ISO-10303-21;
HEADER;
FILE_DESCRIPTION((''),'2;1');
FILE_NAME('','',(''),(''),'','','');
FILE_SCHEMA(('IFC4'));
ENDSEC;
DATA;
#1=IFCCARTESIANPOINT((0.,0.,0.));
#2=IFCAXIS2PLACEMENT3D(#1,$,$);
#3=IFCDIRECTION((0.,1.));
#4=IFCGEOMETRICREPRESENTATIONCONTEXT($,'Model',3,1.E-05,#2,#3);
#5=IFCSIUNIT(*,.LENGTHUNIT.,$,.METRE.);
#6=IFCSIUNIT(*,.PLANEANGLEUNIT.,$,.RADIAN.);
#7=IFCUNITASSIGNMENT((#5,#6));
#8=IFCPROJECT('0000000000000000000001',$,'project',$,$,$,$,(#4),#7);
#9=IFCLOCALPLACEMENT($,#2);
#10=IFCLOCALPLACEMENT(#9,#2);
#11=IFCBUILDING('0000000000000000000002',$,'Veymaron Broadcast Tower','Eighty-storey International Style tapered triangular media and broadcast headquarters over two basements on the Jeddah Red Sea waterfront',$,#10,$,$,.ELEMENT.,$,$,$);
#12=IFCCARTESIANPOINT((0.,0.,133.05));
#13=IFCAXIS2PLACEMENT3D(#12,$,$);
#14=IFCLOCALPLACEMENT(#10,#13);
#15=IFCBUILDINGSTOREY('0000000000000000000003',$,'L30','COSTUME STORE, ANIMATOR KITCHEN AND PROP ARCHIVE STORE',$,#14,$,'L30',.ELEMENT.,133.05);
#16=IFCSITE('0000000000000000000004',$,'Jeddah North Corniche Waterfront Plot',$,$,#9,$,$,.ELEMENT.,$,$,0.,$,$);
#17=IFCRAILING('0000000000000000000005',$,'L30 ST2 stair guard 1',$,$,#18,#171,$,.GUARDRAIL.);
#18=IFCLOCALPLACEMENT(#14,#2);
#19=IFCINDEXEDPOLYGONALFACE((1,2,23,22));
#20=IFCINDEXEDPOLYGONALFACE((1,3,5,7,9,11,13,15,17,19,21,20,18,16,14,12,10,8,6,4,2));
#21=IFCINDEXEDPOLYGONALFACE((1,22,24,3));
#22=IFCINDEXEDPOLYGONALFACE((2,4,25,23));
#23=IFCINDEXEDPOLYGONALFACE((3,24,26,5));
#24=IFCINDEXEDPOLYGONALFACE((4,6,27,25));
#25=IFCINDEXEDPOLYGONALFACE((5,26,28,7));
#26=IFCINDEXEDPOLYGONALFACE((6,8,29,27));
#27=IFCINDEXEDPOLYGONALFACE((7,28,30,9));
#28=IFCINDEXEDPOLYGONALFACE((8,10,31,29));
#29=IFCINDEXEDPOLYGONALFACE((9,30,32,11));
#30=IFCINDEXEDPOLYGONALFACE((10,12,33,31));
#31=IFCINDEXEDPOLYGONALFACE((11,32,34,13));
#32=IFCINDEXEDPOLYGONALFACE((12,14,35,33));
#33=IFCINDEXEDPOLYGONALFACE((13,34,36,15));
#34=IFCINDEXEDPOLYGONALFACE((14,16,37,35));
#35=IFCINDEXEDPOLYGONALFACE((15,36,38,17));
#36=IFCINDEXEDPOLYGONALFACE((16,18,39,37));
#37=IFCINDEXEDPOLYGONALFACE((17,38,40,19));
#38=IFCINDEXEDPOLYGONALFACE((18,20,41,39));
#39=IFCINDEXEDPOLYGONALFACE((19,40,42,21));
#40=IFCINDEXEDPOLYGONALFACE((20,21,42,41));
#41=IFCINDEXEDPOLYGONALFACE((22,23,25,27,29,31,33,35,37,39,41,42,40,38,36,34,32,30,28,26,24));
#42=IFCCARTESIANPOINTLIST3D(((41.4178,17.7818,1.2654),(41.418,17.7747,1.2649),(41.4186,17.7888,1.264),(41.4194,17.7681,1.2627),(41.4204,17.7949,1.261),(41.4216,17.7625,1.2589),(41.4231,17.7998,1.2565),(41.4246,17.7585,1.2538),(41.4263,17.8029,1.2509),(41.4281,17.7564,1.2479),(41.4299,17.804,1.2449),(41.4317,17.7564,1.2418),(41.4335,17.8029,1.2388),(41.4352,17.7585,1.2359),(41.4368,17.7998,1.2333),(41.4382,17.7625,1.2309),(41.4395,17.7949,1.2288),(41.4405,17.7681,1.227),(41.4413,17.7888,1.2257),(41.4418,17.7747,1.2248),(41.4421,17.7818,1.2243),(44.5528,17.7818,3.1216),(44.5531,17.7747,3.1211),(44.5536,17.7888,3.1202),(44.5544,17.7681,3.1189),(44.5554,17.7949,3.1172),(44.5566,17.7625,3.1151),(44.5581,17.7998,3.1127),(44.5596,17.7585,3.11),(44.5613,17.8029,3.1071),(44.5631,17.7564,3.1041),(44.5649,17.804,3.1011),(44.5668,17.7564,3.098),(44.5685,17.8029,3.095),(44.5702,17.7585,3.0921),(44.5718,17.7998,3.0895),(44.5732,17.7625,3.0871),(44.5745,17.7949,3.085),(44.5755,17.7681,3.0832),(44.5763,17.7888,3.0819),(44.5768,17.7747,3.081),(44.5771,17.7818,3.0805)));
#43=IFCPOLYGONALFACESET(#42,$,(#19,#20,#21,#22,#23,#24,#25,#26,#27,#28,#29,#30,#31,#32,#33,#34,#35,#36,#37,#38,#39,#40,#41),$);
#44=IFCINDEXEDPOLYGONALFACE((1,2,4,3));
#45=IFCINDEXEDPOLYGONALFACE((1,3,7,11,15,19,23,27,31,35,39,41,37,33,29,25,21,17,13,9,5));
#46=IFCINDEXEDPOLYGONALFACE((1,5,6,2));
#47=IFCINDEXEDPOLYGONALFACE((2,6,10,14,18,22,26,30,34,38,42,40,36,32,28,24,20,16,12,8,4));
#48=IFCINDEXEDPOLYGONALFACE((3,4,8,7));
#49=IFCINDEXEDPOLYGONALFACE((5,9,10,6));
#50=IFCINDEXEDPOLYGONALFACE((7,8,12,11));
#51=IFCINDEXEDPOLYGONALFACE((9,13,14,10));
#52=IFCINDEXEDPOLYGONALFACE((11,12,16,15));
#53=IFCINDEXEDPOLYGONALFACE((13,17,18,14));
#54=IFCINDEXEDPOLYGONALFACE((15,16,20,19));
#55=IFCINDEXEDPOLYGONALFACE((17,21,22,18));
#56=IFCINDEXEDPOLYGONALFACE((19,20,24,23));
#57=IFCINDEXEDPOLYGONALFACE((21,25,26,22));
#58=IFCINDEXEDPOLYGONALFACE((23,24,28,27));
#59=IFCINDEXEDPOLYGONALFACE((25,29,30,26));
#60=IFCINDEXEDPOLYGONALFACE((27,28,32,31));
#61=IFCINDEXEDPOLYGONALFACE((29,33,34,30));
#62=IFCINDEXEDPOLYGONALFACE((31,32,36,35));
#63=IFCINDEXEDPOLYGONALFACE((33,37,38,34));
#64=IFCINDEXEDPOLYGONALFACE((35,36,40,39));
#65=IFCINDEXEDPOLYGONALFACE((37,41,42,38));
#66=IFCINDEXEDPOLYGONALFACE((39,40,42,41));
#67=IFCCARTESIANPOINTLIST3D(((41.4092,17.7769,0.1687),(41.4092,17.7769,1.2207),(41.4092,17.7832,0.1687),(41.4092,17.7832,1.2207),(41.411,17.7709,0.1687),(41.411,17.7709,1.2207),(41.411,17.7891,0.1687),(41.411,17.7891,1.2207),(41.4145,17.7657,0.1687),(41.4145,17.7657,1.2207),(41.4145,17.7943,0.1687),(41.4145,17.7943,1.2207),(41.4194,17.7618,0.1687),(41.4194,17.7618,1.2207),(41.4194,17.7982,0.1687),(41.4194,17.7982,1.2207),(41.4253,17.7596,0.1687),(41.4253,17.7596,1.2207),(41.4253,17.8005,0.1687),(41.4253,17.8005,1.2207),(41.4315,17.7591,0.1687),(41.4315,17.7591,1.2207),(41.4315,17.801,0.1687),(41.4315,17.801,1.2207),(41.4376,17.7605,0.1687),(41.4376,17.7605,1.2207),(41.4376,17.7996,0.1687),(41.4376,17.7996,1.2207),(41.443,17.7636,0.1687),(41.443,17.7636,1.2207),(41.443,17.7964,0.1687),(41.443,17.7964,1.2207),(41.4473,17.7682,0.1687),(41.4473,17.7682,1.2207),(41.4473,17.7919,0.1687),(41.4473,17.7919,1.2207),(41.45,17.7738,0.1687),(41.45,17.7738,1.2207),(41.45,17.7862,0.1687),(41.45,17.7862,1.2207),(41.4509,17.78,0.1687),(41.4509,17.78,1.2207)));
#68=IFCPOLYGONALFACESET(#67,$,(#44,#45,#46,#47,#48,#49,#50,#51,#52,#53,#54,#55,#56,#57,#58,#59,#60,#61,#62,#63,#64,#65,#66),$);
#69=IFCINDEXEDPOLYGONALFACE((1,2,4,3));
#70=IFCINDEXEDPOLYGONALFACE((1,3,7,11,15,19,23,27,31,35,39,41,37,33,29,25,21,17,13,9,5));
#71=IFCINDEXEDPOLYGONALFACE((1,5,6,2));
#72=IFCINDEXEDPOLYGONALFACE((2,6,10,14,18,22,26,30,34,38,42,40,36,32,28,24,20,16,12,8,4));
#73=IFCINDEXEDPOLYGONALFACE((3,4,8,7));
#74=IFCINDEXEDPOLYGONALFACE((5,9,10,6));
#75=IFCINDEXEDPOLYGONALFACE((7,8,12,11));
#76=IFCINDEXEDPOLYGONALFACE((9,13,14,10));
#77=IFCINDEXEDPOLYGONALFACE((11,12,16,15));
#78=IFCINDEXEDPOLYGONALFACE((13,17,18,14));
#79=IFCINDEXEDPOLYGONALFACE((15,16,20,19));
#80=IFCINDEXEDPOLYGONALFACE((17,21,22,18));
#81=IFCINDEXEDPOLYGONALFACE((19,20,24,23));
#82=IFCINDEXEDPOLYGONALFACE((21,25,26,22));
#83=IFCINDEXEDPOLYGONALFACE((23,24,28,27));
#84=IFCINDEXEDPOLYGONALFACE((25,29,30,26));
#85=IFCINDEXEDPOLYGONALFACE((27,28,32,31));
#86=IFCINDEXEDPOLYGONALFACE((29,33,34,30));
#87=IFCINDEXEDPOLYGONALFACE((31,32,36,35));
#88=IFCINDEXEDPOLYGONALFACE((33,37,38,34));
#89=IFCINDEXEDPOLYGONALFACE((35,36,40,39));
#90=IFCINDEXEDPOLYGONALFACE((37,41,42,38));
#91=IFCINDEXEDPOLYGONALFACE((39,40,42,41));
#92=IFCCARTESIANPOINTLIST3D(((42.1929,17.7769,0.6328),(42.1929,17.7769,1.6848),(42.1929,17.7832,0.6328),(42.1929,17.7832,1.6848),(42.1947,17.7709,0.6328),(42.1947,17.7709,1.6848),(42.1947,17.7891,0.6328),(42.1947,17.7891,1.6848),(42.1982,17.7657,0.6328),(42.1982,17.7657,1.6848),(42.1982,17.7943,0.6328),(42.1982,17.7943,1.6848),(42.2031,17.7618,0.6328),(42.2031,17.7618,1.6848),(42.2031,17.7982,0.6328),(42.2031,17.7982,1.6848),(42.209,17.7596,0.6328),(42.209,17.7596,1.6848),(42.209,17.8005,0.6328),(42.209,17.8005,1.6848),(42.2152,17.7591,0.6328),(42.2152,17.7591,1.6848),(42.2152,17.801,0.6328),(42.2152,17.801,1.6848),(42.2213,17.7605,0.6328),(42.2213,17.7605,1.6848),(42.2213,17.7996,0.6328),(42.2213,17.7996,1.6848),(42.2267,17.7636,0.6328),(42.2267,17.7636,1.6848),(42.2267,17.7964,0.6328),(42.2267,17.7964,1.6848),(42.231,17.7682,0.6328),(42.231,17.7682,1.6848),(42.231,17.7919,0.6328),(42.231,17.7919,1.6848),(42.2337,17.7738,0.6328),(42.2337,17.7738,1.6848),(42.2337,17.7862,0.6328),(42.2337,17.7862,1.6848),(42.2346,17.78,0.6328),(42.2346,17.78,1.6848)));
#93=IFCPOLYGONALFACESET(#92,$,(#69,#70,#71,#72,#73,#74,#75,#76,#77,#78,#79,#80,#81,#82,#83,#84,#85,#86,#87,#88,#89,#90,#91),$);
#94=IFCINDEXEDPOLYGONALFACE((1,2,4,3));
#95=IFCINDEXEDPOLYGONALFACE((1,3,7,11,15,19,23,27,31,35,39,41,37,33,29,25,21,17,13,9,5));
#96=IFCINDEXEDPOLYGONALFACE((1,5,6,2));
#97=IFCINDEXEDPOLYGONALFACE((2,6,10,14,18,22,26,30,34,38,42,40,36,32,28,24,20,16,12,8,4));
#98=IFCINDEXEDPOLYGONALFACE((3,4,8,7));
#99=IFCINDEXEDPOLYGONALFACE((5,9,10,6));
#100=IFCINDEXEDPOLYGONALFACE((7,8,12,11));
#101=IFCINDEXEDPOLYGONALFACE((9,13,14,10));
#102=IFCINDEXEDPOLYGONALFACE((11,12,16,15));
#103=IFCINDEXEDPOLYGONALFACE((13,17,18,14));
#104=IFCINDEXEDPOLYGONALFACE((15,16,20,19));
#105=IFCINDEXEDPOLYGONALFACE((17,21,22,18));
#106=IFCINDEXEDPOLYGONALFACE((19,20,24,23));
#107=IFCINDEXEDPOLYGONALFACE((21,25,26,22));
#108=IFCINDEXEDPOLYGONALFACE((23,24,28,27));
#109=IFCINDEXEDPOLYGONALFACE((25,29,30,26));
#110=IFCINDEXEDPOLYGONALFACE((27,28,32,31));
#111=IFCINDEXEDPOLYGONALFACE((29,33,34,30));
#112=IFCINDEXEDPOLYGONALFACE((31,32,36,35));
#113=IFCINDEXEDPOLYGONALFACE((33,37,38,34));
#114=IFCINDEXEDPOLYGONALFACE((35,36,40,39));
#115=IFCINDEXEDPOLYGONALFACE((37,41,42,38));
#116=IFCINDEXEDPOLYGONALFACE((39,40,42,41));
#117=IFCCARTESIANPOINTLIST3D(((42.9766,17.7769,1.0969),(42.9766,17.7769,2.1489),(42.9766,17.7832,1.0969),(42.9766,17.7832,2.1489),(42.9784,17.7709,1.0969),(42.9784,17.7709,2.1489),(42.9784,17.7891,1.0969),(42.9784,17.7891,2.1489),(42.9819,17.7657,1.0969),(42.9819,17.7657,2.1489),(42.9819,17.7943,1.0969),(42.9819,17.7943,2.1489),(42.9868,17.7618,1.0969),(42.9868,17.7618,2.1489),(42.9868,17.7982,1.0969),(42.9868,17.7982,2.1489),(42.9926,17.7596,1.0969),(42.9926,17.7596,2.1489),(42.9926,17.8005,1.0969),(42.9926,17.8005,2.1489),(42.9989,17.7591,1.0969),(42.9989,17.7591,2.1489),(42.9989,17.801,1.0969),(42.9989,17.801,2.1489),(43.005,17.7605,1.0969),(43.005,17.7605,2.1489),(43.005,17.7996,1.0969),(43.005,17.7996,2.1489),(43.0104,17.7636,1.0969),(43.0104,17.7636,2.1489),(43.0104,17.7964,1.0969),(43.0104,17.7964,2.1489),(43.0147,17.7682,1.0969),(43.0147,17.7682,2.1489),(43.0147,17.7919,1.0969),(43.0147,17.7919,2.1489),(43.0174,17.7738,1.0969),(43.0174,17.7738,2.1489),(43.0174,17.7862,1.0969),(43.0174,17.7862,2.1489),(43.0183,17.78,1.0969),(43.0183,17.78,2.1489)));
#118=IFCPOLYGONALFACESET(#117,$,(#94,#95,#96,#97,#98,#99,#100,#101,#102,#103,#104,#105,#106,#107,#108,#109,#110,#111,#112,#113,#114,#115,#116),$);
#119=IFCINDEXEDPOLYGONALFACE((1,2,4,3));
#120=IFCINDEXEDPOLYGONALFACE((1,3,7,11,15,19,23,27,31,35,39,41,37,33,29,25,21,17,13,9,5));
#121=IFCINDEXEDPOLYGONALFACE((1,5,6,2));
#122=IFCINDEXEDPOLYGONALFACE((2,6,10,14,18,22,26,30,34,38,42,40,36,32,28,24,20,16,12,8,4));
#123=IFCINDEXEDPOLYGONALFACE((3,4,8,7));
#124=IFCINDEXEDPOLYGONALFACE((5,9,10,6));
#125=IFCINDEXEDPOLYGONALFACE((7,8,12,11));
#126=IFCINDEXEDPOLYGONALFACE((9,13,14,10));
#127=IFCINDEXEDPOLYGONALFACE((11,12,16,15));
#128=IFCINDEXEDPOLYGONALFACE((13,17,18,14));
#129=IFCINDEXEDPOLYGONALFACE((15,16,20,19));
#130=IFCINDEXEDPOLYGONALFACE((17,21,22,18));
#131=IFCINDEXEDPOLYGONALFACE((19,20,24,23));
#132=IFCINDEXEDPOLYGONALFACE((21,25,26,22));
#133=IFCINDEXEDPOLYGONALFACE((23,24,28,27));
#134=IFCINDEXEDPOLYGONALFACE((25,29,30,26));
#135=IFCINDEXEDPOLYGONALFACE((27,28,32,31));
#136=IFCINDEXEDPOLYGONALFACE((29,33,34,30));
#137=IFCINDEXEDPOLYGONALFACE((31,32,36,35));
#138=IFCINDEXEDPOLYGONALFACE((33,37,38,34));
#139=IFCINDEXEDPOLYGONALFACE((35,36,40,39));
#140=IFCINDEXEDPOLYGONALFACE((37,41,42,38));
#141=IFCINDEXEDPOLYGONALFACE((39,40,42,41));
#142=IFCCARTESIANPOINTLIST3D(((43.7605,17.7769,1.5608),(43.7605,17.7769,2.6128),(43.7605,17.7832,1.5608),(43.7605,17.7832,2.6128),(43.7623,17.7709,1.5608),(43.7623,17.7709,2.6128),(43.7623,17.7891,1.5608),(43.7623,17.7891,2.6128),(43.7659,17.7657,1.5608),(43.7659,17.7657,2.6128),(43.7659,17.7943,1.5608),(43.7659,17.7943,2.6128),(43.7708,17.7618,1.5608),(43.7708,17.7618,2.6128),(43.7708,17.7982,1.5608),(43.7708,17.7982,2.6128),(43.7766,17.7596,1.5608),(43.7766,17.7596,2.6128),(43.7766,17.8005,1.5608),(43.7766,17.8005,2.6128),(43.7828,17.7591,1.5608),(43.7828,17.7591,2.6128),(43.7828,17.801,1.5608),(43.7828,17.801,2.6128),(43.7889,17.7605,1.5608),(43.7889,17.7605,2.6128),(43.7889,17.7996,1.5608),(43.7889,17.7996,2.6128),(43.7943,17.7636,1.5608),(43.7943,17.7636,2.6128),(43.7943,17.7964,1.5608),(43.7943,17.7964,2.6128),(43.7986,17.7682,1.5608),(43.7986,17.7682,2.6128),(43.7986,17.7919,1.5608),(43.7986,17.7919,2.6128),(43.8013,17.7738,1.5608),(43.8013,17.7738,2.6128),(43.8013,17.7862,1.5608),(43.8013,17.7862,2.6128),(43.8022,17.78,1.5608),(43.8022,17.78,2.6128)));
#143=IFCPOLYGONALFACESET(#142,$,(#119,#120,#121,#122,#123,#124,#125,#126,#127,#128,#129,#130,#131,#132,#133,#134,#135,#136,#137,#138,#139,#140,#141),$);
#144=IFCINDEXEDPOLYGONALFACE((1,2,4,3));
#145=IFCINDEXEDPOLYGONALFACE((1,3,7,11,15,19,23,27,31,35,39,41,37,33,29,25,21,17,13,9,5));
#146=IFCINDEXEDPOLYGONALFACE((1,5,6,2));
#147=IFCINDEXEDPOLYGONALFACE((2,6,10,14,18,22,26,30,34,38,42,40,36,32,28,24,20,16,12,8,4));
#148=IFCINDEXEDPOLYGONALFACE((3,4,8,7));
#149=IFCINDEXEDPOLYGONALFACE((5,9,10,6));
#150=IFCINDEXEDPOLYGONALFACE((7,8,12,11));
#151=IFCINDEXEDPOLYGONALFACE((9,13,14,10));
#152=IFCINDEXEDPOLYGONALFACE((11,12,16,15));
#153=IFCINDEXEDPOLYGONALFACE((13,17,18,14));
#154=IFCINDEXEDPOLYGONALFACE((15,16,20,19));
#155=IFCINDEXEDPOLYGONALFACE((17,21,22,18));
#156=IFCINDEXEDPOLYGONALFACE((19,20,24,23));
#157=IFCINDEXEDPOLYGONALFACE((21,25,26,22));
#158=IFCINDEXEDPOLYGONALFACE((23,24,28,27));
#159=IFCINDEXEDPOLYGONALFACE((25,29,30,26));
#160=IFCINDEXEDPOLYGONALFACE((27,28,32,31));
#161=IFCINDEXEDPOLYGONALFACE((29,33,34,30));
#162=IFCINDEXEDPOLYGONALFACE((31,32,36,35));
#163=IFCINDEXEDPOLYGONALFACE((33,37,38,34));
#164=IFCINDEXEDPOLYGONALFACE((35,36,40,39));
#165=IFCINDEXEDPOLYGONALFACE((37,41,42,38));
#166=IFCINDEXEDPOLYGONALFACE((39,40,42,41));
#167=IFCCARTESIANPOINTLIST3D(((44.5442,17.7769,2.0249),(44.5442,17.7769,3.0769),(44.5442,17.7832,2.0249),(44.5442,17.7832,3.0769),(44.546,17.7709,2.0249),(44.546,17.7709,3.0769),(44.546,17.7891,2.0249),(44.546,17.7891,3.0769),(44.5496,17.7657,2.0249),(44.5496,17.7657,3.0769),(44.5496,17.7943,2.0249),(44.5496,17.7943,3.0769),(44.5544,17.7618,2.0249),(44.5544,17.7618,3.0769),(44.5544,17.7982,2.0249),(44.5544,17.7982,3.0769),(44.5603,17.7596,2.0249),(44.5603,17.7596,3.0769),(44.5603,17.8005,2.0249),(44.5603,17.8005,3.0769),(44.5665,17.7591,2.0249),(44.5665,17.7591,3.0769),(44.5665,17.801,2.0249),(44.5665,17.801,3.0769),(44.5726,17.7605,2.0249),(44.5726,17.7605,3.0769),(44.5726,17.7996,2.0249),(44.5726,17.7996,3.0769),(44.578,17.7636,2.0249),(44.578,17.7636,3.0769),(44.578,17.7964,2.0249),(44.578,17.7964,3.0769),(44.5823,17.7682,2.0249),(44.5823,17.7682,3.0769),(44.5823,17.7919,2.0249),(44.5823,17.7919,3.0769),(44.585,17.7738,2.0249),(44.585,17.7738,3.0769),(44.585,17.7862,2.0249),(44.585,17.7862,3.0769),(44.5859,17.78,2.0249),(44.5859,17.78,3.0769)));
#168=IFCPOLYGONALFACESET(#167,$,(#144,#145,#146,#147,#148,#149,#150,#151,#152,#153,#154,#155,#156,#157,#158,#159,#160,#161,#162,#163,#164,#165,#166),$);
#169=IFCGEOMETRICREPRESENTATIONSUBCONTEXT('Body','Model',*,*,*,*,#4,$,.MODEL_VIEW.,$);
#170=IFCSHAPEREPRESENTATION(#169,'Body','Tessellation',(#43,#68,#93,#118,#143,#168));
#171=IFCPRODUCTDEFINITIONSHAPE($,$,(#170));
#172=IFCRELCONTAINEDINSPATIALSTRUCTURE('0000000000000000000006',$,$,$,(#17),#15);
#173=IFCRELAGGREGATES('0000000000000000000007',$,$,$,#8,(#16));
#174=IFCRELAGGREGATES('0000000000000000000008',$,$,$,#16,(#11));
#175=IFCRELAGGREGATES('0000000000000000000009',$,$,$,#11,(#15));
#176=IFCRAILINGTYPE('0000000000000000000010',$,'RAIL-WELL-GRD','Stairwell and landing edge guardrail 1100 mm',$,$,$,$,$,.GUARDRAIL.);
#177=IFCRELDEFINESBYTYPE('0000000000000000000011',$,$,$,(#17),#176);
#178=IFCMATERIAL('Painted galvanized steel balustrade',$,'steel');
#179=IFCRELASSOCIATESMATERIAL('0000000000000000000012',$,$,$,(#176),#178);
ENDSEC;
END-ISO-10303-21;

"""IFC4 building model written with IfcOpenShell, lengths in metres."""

from ifc_helpers import new_model, si_unit, direction, frame, origin, origin_2d, place, context, subcontext, project, spatial, circle, extrude, material, type_object, element, save


model = new_model("IFC4")

# Units and contexts
model_context = context("Model", 3, precision=1e-05, world=origin(), true_north=direction((0.0, 1.0)))
body_context = subcontext(model_context, "Body", "Model", "MODEL_VIEW")
ifc_project = project(units=[si_unit("LENGTHUNIT", "METRE"), si_unit("PLANEANGLEUNIT", "RADIAN")], contexts=[model_context])

# Site, building, storey
site_placement = place(None, origin())
site = spatial("IfcSite", under=ifc_project, at=site_placement, Name="Jeddah North Corniche Waterfront Plot", CompositionType="ELEMENT", RefElevation=0.0)
building_placement = place(site_placement, origin())
building = spatial("IfcBuilding", under=site, at=building_placement, Name="Veymaron Broadcast Tower", Description="Eighty-storey International Style tapered triangular media and broadcast headquarters over two basements on the Jeddah Red Sea waterfront", CompositionType="ELEMENT")
storey_placement = place(building_placement, frame((0.0, 0.0, 133.05)))
storey = spatial("IfcBuildingStorey", under=building, at=storey_placement, Name="L30", Description="COSTUME STORE, ANIMATOR KITCHEN AND PROP ARCHIVE STORE", LongName="L30", CompositionType="ELEMENT", Elevation=133.05)

# Railing
ifc_material_1 = material(Name="Painted galvanized steel balustrade", Category="steel")
railing_type_1 = type_object("IfcRailingType", Name="RAIL-WELL-GRD", Description="Stairwell and landing edge guardrail 1100 mm", PredefinedType="GUARDRAIL", material=ifc_material_1)
railing_1_placement = place(storey_placement, frame((41.4299, 17.78, 0.1687)))
element("IfcRailing", 1, at=railing_1_placement, inside=storey, type_object=railing_type_1, Name="L30 ST2 stair guard 1", PredefinedType="GUARDRAIL", context=body_context, shape_type="SweptSolid", body=[
    extrude(circle(Radius=0.0239, at=origin_2d()), frame((0.0, 0.0, 1.0762), z_axis=(0.860482, 0.0, 0.509481), x_axis=(0.0, 1.0, 0.0)), (0.0, 0.0, 1.0), 3.6433),
    extrude(circle(Radius=0.021, at=origin_2d()), origin(), (0.0, 0.0, 1.0), 1.052),
    extrude(circle(Radius=0.021, at=origin_2d()), frame((0.7837, 0.0, 0.4641)), (0.0, 0.0, 1.0), 1.052),
    extrude(circle(Radius=0.021, at=origin_2d()), frame((1.5674, 0.0, 0.9282)), (0.0, 0.0, 1.0), 1.052),
    extrude(circle(Radius=0.021, at=origin_2d()), frame((2.3513, 0.0, 1.3921)), (0.0, 0.0, 1.0), 1.052),
    extrude(circle(Radius=0.021, at=origin_2d()), frame((3.135, 0.0, 1.8562)), (0.0, 0.0, 1.0), 1.052),
])

save(model, "model.ifc")
